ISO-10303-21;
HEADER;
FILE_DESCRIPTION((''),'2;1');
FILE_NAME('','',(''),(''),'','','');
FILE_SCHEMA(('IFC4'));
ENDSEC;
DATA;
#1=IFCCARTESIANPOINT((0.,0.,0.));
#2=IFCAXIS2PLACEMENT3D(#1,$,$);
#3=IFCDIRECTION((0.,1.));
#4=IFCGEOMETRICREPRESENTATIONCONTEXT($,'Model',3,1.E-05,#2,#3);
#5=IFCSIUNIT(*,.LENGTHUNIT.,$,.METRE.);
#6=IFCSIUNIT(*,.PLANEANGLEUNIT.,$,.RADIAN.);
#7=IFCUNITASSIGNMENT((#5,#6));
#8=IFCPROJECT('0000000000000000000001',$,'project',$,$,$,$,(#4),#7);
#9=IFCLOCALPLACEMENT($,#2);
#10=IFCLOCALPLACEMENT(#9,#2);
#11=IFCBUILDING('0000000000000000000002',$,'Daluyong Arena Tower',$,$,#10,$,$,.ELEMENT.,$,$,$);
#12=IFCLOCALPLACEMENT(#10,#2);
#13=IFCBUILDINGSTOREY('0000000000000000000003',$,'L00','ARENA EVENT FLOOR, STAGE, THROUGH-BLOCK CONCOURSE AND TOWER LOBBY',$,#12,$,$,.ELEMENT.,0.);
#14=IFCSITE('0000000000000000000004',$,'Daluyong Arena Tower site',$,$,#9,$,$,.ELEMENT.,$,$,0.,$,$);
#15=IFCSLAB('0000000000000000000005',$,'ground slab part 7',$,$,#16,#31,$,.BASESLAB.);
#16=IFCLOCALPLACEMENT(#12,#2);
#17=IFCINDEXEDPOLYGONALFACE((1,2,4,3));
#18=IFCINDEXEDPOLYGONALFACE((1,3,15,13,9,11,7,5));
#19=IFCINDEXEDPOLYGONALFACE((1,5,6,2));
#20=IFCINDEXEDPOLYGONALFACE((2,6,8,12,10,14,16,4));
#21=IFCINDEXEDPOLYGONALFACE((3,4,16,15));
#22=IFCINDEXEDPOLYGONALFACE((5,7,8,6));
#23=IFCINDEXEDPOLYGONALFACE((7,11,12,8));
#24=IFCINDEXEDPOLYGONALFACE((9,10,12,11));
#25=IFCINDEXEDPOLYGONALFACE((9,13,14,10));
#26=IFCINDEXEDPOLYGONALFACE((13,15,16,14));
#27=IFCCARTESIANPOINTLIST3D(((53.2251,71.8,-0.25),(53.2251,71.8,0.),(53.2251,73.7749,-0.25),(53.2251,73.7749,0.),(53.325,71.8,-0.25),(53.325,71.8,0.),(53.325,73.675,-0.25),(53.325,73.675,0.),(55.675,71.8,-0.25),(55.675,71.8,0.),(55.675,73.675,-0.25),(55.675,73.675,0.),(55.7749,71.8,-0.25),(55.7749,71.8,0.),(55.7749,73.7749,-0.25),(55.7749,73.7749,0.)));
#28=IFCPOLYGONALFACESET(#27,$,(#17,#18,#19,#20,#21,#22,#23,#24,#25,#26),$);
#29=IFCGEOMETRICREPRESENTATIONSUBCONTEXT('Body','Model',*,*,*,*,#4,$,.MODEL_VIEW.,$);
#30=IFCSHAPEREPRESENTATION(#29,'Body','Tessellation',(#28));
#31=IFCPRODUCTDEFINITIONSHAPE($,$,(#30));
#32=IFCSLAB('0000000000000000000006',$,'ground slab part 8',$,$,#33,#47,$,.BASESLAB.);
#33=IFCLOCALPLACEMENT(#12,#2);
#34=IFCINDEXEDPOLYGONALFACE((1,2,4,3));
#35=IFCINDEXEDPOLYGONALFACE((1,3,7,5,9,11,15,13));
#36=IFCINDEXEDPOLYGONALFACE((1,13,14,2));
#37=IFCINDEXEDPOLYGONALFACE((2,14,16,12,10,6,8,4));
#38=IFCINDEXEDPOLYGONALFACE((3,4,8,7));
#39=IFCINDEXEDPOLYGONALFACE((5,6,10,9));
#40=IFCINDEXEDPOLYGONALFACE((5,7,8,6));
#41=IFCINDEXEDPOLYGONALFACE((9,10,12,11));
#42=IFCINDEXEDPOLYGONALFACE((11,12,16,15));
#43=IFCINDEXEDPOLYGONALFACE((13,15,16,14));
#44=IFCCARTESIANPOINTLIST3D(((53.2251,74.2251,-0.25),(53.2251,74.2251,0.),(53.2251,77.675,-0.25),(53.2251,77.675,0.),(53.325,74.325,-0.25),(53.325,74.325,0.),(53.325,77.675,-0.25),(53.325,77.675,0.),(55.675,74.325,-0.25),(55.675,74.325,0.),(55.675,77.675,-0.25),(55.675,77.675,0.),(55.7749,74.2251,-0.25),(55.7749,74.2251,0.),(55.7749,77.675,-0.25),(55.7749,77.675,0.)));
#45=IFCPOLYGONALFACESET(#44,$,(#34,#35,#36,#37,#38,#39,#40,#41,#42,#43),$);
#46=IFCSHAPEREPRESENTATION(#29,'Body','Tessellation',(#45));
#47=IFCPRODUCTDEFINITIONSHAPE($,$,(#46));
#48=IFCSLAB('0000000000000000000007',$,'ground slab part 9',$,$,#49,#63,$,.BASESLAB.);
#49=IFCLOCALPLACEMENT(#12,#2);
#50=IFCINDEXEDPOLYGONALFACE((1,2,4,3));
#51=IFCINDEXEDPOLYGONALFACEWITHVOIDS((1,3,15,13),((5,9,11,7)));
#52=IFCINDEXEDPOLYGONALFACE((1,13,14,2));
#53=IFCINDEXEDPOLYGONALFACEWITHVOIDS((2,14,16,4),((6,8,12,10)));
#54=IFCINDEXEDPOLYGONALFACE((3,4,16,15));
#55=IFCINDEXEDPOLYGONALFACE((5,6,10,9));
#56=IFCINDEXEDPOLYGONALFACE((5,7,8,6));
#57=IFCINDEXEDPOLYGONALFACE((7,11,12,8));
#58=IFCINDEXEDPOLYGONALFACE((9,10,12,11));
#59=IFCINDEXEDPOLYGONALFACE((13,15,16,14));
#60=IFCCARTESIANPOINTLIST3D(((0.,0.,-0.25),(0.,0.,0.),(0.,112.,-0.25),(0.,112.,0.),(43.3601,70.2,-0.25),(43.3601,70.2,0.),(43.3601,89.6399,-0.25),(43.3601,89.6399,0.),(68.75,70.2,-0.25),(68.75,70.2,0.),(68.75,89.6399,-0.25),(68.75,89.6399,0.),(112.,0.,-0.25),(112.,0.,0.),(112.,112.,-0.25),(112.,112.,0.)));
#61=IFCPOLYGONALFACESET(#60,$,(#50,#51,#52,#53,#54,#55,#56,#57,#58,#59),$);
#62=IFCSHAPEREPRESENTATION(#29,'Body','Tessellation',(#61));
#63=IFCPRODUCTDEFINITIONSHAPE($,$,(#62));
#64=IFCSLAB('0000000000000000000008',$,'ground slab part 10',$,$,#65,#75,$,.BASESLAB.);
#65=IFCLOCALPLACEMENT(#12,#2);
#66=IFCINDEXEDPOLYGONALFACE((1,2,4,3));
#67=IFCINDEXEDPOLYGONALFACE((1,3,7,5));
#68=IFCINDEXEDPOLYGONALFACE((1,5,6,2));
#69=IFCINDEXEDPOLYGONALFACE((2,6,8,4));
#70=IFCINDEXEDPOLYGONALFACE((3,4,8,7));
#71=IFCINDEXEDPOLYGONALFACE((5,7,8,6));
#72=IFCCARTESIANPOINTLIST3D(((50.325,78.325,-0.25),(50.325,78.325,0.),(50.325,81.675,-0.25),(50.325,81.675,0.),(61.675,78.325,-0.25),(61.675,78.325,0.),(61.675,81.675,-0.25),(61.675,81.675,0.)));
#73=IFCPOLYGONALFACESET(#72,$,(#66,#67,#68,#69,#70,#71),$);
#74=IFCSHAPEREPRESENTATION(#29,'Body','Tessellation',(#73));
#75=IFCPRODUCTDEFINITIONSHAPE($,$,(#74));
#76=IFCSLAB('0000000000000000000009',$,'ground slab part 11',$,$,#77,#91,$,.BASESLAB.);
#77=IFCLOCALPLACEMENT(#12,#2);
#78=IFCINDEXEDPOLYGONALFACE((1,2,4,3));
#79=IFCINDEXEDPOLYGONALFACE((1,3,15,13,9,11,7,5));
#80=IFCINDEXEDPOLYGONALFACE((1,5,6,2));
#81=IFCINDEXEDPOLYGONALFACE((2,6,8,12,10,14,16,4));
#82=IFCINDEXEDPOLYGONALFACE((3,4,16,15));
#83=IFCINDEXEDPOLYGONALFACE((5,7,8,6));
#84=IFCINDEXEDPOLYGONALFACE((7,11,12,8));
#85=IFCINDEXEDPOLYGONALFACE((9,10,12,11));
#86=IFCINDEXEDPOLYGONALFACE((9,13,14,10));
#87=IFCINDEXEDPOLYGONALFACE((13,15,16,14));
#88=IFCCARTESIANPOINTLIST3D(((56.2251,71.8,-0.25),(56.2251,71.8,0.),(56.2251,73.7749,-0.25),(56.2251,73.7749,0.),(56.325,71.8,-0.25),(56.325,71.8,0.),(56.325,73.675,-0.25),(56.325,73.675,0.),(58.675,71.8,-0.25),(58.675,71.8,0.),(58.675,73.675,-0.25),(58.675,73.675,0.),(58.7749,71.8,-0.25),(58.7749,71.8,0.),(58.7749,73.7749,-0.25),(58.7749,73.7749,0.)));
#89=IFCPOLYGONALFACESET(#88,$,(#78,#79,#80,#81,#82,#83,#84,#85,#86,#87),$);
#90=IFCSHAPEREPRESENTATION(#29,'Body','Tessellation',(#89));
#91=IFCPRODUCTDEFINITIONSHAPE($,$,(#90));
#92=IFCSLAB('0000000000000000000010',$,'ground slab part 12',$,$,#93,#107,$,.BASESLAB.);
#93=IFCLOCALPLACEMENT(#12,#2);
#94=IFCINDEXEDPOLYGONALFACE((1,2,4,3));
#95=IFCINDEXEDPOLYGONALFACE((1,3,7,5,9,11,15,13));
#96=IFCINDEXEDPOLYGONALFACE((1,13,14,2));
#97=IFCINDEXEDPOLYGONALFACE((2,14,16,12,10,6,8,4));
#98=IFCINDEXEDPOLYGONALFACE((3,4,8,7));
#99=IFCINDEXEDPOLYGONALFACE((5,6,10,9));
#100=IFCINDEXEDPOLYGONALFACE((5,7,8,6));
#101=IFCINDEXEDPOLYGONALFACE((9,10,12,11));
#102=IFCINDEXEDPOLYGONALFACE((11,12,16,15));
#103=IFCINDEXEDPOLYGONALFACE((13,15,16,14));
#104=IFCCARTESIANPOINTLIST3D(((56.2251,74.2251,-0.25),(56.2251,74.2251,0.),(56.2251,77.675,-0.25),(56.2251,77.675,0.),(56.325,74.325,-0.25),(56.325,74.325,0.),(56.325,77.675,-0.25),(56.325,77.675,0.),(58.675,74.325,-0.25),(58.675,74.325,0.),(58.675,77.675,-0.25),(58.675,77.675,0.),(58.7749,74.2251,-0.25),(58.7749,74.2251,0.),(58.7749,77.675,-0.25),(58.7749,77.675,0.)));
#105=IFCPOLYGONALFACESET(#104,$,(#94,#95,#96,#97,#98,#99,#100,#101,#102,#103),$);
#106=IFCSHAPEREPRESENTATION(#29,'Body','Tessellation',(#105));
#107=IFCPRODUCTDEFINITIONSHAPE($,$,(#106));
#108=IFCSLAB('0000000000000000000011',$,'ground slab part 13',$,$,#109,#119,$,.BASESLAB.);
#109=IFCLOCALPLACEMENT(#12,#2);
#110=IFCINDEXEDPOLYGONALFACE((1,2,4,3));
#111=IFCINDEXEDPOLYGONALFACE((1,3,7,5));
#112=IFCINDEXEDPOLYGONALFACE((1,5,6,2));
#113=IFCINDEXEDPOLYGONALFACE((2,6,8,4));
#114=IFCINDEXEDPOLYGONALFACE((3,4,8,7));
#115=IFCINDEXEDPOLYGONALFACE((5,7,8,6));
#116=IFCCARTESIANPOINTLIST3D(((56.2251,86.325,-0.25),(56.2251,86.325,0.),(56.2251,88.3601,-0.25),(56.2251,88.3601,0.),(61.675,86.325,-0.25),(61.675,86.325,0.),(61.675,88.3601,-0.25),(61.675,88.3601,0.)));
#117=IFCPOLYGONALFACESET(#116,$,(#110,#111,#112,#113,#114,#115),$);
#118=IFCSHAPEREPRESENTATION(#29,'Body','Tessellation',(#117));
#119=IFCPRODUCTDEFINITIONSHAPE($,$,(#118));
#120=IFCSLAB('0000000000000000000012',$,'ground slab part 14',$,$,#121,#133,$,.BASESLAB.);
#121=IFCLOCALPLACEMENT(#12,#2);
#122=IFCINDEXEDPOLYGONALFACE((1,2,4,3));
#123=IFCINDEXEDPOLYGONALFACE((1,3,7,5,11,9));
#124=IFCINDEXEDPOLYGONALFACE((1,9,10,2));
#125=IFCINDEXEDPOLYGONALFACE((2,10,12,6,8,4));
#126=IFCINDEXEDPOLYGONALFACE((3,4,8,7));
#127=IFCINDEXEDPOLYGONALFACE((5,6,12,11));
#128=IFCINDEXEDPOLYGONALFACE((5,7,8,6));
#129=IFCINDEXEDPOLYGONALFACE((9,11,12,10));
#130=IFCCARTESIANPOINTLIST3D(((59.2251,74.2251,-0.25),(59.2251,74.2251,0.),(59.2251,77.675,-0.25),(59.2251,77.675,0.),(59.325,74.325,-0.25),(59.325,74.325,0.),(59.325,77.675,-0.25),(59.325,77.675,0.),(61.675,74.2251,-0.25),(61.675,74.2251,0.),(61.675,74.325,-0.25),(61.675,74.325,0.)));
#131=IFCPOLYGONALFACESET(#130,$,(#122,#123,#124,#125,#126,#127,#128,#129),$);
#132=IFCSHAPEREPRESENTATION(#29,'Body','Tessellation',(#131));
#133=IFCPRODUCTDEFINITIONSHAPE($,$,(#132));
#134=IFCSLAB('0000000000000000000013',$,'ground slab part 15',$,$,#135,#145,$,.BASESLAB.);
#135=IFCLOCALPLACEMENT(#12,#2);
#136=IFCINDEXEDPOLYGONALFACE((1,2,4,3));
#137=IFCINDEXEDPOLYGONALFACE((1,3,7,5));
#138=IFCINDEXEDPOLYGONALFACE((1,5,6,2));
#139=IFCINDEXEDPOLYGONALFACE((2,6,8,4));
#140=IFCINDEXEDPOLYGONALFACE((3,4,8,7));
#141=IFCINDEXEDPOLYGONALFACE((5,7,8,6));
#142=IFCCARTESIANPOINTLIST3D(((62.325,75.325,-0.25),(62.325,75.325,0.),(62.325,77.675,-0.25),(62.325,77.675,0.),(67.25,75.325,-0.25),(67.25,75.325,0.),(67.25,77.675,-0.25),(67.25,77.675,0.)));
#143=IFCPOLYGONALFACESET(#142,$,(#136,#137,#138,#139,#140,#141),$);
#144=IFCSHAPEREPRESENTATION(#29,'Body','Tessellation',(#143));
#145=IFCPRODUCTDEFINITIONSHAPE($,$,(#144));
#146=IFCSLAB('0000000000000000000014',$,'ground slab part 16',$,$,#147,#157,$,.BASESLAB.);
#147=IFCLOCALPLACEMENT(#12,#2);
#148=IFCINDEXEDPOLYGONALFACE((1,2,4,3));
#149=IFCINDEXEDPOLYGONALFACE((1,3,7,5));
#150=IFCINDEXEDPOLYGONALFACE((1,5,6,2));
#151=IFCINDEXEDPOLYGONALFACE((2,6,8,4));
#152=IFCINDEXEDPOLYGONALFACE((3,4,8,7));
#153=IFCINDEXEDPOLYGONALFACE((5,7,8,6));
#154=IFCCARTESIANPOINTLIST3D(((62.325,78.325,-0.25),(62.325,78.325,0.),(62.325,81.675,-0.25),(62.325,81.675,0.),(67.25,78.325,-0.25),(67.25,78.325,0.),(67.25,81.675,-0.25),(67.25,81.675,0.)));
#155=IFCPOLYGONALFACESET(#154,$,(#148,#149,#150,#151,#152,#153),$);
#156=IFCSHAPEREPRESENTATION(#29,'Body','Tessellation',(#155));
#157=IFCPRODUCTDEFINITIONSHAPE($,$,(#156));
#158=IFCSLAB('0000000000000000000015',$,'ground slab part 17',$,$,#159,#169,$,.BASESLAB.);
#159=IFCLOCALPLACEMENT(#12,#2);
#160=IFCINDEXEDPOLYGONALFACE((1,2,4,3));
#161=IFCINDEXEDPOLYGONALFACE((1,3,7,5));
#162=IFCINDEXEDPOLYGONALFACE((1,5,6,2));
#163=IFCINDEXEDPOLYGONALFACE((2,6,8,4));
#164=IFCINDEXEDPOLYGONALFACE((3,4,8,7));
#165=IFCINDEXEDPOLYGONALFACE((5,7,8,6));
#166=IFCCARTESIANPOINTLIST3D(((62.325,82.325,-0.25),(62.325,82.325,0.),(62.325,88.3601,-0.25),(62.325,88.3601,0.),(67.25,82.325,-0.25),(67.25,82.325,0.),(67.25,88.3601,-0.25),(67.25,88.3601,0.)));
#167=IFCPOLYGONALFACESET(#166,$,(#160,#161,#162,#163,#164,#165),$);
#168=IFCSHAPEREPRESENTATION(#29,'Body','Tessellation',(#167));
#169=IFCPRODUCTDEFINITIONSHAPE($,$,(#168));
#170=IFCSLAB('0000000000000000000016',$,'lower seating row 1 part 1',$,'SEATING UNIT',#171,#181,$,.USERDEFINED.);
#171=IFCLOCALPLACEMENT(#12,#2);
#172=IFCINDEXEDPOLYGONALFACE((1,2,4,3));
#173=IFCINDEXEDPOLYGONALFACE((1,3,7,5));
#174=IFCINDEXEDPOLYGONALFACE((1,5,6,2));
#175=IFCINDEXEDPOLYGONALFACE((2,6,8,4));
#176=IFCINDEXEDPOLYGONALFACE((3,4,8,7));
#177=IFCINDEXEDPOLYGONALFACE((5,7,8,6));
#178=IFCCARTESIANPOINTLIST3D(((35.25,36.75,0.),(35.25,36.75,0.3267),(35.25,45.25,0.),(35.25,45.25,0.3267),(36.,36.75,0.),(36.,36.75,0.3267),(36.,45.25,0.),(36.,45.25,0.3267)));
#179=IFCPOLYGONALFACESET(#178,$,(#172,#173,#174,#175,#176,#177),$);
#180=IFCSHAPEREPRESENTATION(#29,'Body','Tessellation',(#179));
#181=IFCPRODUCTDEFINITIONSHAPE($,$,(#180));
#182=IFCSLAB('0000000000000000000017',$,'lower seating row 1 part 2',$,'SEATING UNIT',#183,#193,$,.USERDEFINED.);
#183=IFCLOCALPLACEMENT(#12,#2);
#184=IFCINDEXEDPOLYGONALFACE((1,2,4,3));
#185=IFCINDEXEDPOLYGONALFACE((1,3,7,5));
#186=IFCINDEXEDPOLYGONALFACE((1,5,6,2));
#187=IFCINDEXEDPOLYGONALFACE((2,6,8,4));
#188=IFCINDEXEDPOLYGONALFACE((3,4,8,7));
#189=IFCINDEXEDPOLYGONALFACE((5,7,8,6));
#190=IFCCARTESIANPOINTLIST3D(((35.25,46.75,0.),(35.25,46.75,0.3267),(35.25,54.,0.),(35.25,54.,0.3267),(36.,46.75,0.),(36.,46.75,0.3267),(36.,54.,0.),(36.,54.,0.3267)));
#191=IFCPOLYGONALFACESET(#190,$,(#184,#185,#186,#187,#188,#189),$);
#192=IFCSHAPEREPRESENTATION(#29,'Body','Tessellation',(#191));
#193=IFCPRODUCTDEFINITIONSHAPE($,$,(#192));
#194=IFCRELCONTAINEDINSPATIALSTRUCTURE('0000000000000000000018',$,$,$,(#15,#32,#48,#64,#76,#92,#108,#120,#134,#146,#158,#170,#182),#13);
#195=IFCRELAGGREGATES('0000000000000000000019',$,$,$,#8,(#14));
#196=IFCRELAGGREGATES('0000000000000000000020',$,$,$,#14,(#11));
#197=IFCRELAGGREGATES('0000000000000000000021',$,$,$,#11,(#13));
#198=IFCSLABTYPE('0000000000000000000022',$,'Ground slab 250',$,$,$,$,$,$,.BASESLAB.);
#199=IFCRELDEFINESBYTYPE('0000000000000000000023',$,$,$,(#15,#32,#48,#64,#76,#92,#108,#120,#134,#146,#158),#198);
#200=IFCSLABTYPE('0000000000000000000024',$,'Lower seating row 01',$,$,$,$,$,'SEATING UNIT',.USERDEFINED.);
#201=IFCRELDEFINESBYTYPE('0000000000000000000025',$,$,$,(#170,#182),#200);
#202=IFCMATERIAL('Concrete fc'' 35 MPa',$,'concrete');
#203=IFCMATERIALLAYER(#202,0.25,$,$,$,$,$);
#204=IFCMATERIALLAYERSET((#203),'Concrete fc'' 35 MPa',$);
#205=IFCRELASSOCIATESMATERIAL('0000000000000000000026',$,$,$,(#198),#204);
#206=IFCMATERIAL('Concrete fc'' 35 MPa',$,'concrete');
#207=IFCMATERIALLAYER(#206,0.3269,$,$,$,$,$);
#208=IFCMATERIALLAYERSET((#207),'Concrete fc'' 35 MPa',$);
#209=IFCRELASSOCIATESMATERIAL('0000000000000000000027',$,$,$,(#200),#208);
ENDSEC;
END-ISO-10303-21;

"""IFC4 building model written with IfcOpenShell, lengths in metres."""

from ifc_helpers import new_model, si_unit, direction, frame, origin, place, context, subcontext, project, spatial, polyline, outline, extrude, material, layer, layer_set, type_object, element, save


model = new_model("IFC4")

# Units and contexts
model_context = context("Model", 3, precision=1e-05, world=origin(), true_north=direction((0.0, 1.0)))
body_context = subcontext(model_context, "Body", "Model", "MODEL_VIEW")
ifc_project = project(units=[si_unit("LENGTHUNIT", "METRE"), si_unit("PLANEANGLEUNIT", "RADIAN")], contexts=[model_context])

# Site, building, storey
site_placement = place(None, origin())
site = spatial("IfcSite", under=ifc_project, at=site_placement, Name="Daluyong Arena Tower site", CompositionType="ELEMENT", RefElevation=0.0)
building_placement = place(site_placement, origin())
building = spatial("IfcBuilding", under=site, at=building_placement, Name="Daluyong Arena Tower", CompositionType="ELEMENT")
storey_placement = place(building_placement, origin())
storey = spatial("IfcBuildingStorey", under=building, at=storey_placement, Name="L00", Description="ARENA EVENT FLOOR, STAGE, THROUGH-BLOCK CONCOURSE AND TOWER LOBBY", CompositionType="ELEMENT", Elevation=0.0)

# Slabs
ifc_material_1 = material(Name="Concrete fc' 35 MPa", Category="concrete")
ifc_layer_1 = layer(ifc_material_1, 0.25)
ifc_layer_set_1 = layer_set([ifc_layer_1], Name="Concrete fc' 35 MPa")
slab_type_1 = type_object("IfcSlabType", Name="Ground slab 250", PredefinedType="BASESLAB", material=ifc_layer_set_1)
slab_1_placement = place(storey_placement, frame((0.0, 0.0, -0.25)))
element("IfcSlab", 1, at=slab_1_placement, inside=storey, type_object=slab_type_1, Name="ground slab part 7", PredefinedType="BASESLAB", context=body_context, shape_type="SweptSolid", body=[
    extrude(outline(polyline([(55.675, 73.675), (55.675, 71.8), (55.7749, 71.8), (55.7749, 73.7749), (53.2251, 73.7749), (53.2251, 71.8), (53.325, 71.8), (53.325, 73.675), (55.675, 73.675)])), origin(), (0.0, 0.0, 1.0), 0.25),
])
slab_2_placement = place(storey_placement, frame((0.0, 0.0, -0.25)))
element("IfcSlab", 2, at=slab_2_placement, inside=storey, type_object=slab_type_1, Name="ground slab part 8", PredefinedType="BASESLAB", context=body_context, shape_type="SweptSolid", body=[
    extrude(outline(polyline([(53.2251, 77.675), (53.2251, 74.2251), (55.7749, 74.2251), (55.7749, 77.675), (55.675, 77.675), (55.675, 74.325), (53.325, 74.325), (53.325, 77.675), (53.2251, 77.675)])), origin(), (0.0, 0.0, 1.0), 0.25),
])
slab_3_placement = place(storey_placement, frame((0.0, 0.0, -0.25)))
element("IfcSlab", 3, at=slab_3_placement, inside=storey, type_object=slab_type_1, Name="ground slab part 9", PredefinedType="BASESLAB", context=body_context, shape_type="SweptSolid", body=[
    extrude(outline(polyline([(0.0, 0.0), (112.0, 0.0), (112.0, 112.0), (0.0, 112.0), (0.0, 0.0)]), holes=[polyline([(68.75, 89.6399), (68.75, 70.2), (43.3601, 70.2), (43.3601, 89.6399), (68.75, 89.6399)])]), origin(), (0.0, 0.0, 1.0), 0.25),
])
slab_4_placement = place(storey_placement, frame((0.0, 0.0, -0.25)))
element("IfcSlab", 4, at=slab_4_placement, inside=storey, type_object=slab_type_1, Name="ground slab part 10", PredefinedType="BASESLAB", context=body_context, shape_type="SweptSolid", body=[
    extrude(outline(polyline([(61.675, 81.675), (50.325, 81.675), (50.325, 78.325), (61.675, 78.325), (61.675, 81.675)])), origin(), (0.0, 0.0, 1.0), 0.25),
])
slab_5_placement = place(storey_placement, frame((0.0, 0.0, -0.25)))
element("IfcSlab", 5, at=slab_5_placement, inside=storey, type_object=slab_type_1, Name="ground slab part 11", PredefinedType="BASESLAB", context=body_context, shape_type="SweptSolid", body=[
    extrude(outline(polyline([(56.2251, 71.8), (56.325, 71.8), (56.325, 73.675), (58.675, 73.675), (58.675, 71.8), (58.7749, 71.8), (58.7749, 73.7749), (56.2251, 73.7749), (56.2251, 71.8)])), origin(), (0.0, 0.0, 1.0), 0.25),
])
slab_6_placement = place(storey_placement, frame((0.0, 0.0, -0.25)))
element("IfcSlab", 6, at=slab_6_placement, inside=storey, type_object=slab_type_1, Name="ground slab part 12", PredefinedType="BASESLAB", context=body_context, shape_type="SweptSolid", body=[
    extrude(outline(polyline([(56.2251, 77.675), (56.2251, 74.2251), (58.7749, 74.2251), (58.7749, 77.675), (58.675, 77.675), (58.675, 74.325), (56.325, 74.325), (56.325, 77.675), (56.2251, 77.675)])), origin(), (0.0, 0.0, 1.0), 0.25),
])
slab_7_placement = place(storey_placement, frame((0.0, 0.0, -0.25)))
element("IfcSlab", 7, at=slab_7_placement, inside=storey, type_object=slab_type_1, Name="ground slab part 13", PredefinedType="BASESLAB", context=body_context, shape_type="SweptSolid", body=[
    extrude(outline(polyline([(56.2251, 88.3601), (56.2251, 86.325), (61.675, 86.325), (61.675, 88.3601), (56.2251, 88.3601)])), origin(), (0.0, 0.0, 1.0), 0.25),
])
slab_8_placement = place(storey_placement, frame((0.0, 0.0, -0.25)))
element("IfcSlab", 8, at=slab_8_placement, inside=storey, type_object=slab_type_1, Name="ground slab part 14", PredefinedType="BASESLAB", context=body_context, shape_type="SweptSolid", body=[
    extrude(outline(polyline([(59.2251, 74.2251), (61.675, 74.2251), (61.675, 74.325), (59.325, 74.325), (59.325, 77.675), (59.2251, 77.675), (59.2251, 74.2251)])), origin(), (0.0, 0.0, 1.0), 0.25),
])
slab_9_placement = place(storey_placement, frame((0.0, 0.0, -0.25)))
element("IfcSlab", 9, at=slab_9_placement, inside=storey, type_object=slab_type_1, Name="ground slab part 15", PredefinedType="BASESLAB", context=body_context, shape_type="SweptSolid", body=[
    extrude(outline(polyline([(67.25, 75.325), (67.25, 77.675), (62.325, 77.675), (62.325, 75.325), (67.25, 75.325)])), origin(), (0.0, 0.0, 1.0), 0.25),
])
slab_10_placement = place(storey_placement, frame((0.0, 0.0, -0.25)))
element("IfcSlab", 10, at=slab_10_placement, inside=storey, type_object=slab_type_1, Name="ground slab part 16", PredefinedType="BASESLAB", context=body_context, shape_type="SweptSolid", body=[
    extrude(outline(polyline([(67.25, 81.675), (62.325, 81.675), (62.325, 78.325), (67.25, 78.325), (67.25, 81.675)])), origin(), (0.0, 0.0, 1.0), 0.25),
])
slab_11_placement = place(storey_placement, frame((0.0, 0.0, -0.25)))
element("IfcSlab", 11, at=slab_11_placement, inside=storey, type_object=slab_type_1, Name="ground slab part 17", PredefinedType="BASESLAB", context=body_context, shape_type="SweptSolid", body=[
    extrude(outline(polyline([(62.325, 88.3601), (62.325, 82.325), (67.25, 82.325), (67.25, 88.3601), (62.325, 88.3601)])), origin(), (0.0, 0.0, 1.0), 0.25),
])
ifc_material_2 = material(Name="Concrete fc' 35 MPa", Category="concrete")
ifc_layer_2 = layer(ifc_material_2, 0.3269)
ifc_layer_set_2 = layer_set([ifc_layer_2], Name="Concrete fc' 35 MPa")
slab_type_2 = type_object("IfcSlabType", Name="Lower seating row 01", ElementType="SEATING UNIT", PredefinedType="USERDEFINED", material=ifc_layer_set_2)
slab_12_placement = place(storey_placement, origin())
element("IfcSlab", 12, at=slab_12_placement, inside=storey, type_object=slab_type_2, Name="lower seating row 1 part 1", ObjectType="SEATING UNIT", PredefinedType="USERDEFINED", context=body_context, shape_type="SweptSolid", body=[
    extrude(outline(polyline([(35.25, 45.25), (35.25, 36.75), (36.0, 36.75), (36.0, 45.25), (35.25, 45.25)])), origin(), (0.0, 0.0, 1.0), 0.3267),
])
slab_13_placement = place(storey_placement, origin())
element("IfcSlab", 13, at=slab_13_placement, inside=storey, type_object=slab_type_2, Name="lower seating row 1 part 2", ObjectType="SEATING UNIT", PredefinedType="USERDEFINED", context=body_context, shape_type="SweptSolid", body=[
    extrude(outline(polyline([(35.25, 54.0), (35.25, 46.75), (36.0, 46.75), (36.0, 54.0), (35.25, 54.0)])), origin(), (0.0, 0.0, 1.0), 0.3267),
])

save(model, "model.ifc")
